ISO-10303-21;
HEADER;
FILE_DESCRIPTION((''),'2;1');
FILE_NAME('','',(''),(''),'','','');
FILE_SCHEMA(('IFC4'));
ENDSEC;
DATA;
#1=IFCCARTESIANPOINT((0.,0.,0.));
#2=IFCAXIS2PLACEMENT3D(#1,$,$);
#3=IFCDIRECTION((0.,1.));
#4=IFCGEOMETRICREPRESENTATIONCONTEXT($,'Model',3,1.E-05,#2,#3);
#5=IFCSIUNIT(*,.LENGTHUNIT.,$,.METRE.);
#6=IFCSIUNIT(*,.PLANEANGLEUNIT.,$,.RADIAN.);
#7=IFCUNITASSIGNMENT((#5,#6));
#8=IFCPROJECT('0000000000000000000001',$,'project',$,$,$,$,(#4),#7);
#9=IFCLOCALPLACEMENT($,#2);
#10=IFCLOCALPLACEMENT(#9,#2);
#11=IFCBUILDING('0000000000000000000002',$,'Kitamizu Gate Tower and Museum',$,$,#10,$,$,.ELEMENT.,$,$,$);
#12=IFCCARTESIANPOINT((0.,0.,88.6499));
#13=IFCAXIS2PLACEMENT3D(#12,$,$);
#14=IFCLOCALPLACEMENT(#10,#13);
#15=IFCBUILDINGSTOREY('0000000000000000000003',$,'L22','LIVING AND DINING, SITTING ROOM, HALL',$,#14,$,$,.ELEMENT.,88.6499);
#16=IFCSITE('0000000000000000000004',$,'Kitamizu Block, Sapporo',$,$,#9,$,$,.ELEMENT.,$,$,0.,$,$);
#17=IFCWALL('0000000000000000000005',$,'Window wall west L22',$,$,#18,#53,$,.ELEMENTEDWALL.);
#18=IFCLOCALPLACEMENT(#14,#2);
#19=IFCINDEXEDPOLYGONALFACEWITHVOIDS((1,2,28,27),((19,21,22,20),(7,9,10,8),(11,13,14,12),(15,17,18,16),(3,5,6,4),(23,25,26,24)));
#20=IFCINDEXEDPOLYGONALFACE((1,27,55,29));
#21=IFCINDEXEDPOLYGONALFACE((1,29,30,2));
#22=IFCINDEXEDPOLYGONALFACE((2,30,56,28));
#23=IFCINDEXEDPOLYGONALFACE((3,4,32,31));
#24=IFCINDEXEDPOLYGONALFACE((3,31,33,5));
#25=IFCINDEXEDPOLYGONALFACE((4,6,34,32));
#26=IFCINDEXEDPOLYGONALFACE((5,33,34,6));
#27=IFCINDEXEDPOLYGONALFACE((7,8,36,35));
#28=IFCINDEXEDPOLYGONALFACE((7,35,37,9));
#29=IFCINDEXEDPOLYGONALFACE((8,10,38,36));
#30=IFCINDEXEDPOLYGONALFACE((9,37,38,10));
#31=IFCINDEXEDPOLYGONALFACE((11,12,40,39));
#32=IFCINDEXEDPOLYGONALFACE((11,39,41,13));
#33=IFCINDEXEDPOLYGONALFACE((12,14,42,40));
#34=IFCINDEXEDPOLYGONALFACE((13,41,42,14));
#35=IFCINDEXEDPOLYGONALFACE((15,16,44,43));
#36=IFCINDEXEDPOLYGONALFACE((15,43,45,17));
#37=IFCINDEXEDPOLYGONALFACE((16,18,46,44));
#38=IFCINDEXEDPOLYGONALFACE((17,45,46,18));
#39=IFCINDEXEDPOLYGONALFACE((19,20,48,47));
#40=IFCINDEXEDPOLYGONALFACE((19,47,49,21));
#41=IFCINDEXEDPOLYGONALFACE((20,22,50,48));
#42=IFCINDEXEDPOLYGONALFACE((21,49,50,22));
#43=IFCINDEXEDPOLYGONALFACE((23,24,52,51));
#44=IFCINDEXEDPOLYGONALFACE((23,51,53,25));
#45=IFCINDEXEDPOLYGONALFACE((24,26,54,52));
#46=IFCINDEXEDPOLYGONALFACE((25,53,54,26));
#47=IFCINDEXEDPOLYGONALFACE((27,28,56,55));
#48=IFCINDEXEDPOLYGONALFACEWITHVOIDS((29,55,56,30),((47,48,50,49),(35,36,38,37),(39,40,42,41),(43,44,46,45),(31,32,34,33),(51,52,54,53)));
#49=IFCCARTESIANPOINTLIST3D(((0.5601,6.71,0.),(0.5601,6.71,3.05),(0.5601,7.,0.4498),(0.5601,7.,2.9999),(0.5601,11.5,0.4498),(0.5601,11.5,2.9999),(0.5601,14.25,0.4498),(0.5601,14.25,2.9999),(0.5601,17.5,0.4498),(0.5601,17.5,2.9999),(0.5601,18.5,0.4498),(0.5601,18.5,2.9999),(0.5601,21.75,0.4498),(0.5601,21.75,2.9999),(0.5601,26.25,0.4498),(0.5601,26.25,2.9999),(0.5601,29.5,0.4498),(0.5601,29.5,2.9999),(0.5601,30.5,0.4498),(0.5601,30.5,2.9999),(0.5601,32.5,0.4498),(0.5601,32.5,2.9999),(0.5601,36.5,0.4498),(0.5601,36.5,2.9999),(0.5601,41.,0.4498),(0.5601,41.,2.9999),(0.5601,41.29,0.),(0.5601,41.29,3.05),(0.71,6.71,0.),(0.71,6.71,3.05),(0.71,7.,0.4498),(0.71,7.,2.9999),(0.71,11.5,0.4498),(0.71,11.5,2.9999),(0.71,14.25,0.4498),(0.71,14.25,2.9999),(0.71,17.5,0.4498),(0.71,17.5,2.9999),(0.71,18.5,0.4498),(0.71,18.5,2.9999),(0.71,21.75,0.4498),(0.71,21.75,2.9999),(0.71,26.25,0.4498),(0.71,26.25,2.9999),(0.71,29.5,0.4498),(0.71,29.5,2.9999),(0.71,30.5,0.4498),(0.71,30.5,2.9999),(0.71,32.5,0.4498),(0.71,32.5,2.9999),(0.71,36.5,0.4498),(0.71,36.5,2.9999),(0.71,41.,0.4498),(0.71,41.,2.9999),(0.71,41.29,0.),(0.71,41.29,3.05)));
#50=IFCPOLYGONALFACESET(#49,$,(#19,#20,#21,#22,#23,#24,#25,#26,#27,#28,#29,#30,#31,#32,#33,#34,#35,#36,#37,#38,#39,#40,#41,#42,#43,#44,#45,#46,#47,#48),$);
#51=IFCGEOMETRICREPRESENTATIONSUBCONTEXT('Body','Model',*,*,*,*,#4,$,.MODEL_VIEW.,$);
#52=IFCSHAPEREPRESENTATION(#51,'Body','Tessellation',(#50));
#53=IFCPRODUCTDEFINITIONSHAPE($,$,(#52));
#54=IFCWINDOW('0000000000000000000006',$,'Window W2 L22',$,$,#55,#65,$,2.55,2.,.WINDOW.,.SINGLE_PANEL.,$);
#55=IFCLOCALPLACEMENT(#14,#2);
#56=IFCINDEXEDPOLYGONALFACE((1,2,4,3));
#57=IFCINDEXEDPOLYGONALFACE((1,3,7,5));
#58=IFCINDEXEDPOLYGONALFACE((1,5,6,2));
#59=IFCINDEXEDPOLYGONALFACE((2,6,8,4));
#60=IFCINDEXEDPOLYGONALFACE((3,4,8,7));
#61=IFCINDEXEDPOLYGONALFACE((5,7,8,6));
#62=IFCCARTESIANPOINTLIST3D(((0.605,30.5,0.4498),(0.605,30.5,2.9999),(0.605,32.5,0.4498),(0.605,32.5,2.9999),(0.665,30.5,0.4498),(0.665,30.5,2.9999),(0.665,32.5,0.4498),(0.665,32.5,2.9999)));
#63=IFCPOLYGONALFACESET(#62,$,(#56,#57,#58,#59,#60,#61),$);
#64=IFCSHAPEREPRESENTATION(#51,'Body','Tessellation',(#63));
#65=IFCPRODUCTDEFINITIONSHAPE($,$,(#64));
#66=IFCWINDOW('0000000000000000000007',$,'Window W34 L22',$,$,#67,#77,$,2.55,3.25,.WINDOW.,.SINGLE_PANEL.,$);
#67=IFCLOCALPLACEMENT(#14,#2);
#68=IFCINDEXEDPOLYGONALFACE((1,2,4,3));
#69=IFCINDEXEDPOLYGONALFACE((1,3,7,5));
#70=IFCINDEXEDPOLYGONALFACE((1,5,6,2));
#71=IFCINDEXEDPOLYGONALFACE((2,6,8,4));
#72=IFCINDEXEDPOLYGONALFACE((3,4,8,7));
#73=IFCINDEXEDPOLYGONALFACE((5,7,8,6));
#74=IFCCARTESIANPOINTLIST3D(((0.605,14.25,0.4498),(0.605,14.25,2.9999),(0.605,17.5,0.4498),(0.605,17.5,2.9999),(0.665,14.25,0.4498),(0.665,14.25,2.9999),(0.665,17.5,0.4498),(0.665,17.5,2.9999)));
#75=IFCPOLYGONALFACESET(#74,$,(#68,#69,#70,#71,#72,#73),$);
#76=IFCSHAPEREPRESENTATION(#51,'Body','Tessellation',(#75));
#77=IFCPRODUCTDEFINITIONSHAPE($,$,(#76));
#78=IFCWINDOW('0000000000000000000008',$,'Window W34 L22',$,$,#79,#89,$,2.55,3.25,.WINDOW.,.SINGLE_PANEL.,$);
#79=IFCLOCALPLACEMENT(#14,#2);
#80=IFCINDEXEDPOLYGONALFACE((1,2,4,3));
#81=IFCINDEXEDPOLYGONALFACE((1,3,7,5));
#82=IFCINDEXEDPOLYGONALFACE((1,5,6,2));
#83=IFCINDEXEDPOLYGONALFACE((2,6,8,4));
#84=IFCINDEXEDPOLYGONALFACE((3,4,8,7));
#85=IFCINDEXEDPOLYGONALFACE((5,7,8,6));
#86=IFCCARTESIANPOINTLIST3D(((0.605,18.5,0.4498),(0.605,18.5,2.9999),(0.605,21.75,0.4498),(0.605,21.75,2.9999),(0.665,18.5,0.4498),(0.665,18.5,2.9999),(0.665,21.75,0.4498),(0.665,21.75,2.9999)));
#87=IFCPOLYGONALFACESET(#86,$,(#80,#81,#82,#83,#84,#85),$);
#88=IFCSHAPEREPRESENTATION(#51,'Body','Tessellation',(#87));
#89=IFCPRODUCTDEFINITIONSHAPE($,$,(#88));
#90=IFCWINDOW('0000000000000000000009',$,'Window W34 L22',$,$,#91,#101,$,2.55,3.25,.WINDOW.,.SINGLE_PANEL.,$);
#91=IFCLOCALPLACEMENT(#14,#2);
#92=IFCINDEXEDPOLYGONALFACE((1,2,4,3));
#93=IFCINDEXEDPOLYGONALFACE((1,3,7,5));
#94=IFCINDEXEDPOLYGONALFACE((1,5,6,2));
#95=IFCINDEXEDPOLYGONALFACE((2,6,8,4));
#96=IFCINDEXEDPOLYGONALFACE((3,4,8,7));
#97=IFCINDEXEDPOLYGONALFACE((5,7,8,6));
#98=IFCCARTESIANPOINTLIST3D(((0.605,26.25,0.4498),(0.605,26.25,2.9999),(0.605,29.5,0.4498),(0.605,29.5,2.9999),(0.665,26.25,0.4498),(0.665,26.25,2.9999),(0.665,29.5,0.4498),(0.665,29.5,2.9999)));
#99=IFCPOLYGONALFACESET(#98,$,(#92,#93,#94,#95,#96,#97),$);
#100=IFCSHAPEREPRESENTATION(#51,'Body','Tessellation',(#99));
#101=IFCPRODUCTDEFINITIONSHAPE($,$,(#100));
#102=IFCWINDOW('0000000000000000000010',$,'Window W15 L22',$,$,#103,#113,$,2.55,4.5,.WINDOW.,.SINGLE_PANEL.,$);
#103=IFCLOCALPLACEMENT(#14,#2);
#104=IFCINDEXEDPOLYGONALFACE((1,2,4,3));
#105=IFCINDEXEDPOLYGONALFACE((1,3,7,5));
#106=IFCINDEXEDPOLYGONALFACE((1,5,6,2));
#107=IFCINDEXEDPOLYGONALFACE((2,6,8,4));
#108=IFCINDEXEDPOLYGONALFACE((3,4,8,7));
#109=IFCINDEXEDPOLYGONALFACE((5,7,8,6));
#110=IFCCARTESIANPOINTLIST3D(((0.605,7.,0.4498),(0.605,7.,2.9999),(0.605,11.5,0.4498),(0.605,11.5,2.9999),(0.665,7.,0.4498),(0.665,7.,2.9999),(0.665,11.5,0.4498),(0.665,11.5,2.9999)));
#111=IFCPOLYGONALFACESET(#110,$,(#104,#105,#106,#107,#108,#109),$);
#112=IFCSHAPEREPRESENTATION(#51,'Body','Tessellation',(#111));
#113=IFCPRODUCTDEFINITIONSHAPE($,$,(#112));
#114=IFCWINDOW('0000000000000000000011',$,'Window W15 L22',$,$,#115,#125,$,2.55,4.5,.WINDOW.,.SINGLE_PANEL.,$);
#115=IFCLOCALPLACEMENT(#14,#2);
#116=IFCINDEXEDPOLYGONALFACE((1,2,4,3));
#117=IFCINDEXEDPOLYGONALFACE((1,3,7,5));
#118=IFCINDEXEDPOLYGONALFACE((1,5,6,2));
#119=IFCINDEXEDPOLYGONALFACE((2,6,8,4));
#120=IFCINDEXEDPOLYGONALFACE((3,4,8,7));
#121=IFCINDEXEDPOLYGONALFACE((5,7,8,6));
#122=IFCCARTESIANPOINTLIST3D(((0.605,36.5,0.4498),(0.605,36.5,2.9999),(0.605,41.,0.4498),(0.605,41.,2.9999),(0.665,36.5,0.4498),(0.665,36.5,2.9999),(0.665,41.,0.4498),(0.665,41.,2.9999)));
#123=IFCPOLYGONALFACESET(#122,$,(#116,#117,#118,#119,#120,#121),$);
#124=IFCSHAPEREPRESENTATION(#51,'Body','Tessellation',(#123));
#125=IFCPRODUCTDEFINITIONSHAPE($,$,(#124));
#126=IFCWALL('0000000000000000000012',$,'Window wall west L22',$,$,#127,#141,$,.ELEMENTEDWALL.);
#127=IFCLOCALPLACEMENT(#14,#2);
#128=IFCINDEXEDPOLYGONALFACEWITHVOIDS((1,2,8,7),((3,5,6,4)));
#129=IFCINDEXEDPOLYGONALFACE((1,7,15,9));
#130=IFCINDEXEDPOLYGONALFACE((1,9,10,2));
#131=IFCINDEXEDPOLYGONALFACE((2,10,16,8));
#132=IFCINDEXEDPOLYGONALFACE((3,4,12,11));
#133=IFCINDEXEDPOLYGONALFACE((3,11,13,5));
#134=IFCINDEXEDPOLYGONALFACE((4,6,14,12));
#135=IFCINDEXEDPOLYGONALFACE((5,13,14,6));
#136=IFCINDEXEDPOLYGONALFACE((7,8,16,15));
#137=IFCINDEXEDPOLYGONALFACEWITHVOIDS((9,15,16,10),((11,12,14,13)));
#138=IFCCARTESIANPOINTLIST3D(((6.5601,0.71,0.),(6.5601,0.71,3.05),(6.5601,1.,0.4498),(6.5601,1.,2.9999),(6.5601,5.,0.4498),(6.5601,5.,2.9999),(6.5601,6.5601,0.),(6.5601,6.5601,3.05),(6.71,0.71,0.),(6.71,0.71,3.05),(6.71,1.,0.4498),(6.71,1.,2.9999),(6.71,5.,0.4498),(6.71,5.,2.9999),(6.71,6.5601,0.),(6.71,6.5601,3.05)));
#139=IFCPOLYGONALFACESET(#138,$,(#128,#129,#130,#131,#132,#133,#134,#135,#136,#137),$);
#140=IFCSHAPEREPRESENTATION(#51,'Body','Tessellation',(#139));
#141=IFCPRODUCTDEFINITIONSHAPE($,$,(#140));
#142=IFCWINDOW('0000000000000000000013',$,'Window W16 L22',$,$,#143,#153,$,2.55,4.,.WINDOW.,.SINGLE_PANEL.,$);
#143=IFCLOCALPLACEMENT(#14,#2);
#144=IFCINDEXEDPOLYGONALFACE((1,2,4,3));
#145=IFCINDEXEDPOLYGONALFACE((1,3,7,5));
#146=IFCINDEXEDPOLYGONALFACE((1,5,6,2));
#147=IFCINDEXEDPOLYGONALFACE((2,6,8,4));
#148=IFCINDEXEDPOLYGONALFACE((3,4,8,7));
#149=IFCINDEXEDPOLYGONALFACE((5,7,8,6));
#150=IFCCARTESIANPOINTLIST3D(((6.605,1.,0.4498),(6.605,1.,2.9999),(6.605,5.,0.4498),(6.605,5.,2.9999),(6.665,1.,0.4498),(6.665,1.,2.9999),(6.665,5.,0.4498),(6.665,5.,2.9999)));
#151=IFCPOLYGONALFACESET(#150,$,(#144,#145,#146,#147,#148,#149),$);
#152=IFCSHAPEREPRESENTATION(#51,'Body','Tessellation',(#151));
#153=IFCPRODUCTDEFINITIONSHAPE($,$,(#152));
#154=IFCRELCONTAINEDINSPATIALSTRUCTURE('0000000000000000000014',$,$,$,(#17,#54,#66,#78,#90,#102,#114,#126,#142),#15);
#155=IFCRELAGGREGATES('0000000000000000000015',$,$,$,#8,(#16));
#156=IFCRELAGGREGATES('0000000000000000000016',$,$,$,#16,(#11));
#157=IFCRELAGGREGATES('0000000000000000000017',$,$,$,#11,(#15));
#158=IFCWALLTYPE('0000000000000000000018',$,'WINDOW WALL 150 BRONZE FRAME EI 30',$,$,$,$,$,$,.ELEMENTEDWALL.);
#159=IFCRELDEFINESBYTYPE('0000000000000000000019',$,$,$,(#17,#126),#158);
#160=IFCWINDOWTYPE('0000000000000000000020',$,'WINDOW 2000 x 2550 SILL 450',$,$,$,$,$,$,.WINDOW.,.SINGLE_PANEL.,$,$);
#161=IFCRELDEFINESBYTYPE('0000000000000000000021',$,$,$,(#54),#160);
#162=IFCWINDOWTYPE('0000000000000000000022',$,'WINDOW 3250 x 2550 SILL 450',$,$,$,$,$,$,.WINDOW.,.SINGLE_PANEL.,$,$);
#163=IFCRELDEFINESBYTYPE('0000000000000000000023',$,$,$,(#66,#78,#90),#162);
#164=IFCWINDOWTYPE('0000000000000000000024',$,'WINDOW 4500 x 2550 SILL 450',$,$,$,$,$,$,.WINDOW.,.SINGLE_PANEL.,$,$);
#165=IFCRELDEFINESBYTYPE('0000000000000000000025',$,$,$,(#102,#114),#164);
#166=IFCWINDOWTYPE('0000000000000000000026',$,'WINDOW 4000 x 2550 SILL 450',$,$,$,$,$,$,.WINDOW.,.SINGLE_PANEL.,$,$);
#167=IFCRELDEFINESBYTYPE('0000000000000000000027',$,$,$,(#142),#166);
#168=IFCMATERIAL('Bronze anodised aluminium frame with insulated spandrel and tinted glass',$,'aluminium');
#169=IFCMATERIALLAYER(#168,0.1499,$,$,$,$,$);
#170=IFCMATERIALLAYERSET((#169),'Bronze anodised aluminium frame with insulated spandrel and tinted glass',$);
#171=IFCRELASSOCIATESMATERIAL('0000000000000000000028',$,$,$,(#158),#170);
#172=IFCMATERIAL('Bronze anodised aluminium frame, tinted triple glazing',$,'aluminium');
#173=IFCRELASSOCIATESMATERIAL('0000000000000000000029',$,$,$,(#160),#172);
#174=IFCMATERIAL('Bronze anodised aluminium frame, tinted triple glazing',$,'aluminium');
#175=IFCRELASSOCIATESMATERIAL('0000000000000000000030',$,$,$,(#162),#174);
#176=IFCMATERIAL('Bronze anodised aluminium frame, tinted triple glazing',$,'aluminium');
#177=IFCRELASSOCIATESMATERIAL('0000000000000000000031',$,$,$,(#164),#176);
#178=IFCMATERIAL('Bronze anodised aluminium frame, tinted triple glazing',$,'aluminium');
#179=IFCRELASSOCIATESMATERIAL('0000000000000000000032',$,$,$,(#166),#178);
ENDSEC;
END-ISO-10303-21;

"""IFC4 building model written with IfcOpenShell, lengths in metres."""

from ifc_helpers import new_model, si_unit, direction, frame, frame_2d, origin, place, context, subcontext, project, spatial, rectangle, extrude, material, layer, layer_set, type_object, element, fill, save


model = new_model("IFC4")

# Units and contexts
model_context = context("Model", 3, precision=1e-05, world=origin(), true_north=direction((0.0, 1.0)))
body_context = subcontext(model_context, "Body", "Model", "MODEL_VIEW")
ifc_project = project(units=[si_unit("LENGTHUNIT", "METRE"), si_unit("PLANEANGLEUNIT", "RADIAN")], contexts=[model_context])

# Site, building, storey
site_placement = place(None, origin())
site = spatial("IfcSite", under=ifc_project, at=site_placement, Name="Kitamizu Block, Sapporo", CompositionType="ELEMENT", RefElevation=0.0)
building_placement = place(site_placement, origin())
building = spatial("IfcBuilding", under=site, at=building_placement, Name="Kitamizu Gate Tower and Museum", CompositionType="ELEMENT")
storey_placement = place(building_placement, frame((0.0, 0.0, 88.6499)))
storey = spatial("IfcBuildingStorey", under=building, at=storey_placement, Name="L22", Description="LIVING AND DINING, SITTING ROOM, HALL", CompositionType="ELEMENT", Elevation=88.6499)

# Wall, openings, windows
ifc_material_1 = material(Name="Bronze anodised aluminium frame with insulated spandrel and tinted glass", Category="aluminium")
ifc_layer = layer(ifc_material_1, 0.1499)
ifc_layer_set = layer_set([ifc_layer], Name="Bronze anodised aluminium frame with insulated spandrel and tinted glass")
wall_type = type_object("IfcWallType", Name="WINDOW WALL 150 BRONZE FRAME EI 30", PredefinedType="ELEMENTEDWALL", material=ifc_layer_set)
ifc_material_2 = material(Name="Bronze anodised aluminium frame, tinted triple glazing", Category="aluminium")
window_type_1 = type_object("IfcWindowType", Name="WINDOW 2000 x 2550 SILL 450", PartitioningType="SINGLE_PANEL", PredefinedType="WINDOW", material=ifc_material_2)
ifc_material_3 = material(Name="Bronze anodised aluminium frame, tinted triple glazing", Category="aluminium")
window_type_2 = type_object("IfcWindowType", Name="WINDOW 3250 x 2550 SILL 450", PartitioningType="SINGLE_PANEL", PredefinedType="WINDOW", material=ifc_material_3)
ifc_material_4 = material(Name="Bronze anodised aluminium frame, tinted triple glazing", Category="aluminium")
window_type_3 = type_object("IfcWindowType", Name="WINDOW 4500 x 2550 SILL 450", PartitioningType="SINGLE_PANEL", PredefinedType="WINDOW", material=ifc_material_4)
wall_1_placement = place(storey_placement, frame((0.635, 6.71, 0.0), z_axis=(0.0, 0.0, 1.0), x_axis=(0.0, 1.0, 0.0)))
wall_1 = element("IfcWall", 1, at=wall_1_placement, inside=storey, type_object=wall_type, Name="Window wall west L22", PredefinedType="ELEMENTEDWALL", context=body_context, shape_type="SweptSolid", body=[
    extrude(rectangle(XDim=34.5801, YDim=0.1499, at=frame_2d((17.29, 0.0))), origin(), (0.0, 0.0, 1.0), 3.05),
])
opening_1_placement = place(wall_1_placement, frame((0.29, 0.0, 0.45)))
opening_1 = element("IfcOpeningElement", 2, at=opening_1_placement, cuts=wall_1, PredefinedType="OPENING", context=body_context, shape_type="SweptSolid", body=[
    extrude(rectangle(XDim=4.5, YDim=2.55, at=frame_2d((2.25, 1.2749))), frame((0.0, 0.085, 0.0), z_axis=(0.0, -1.0, 0.0), x_axis=(1.0, 0.0, 0.0)), (0.0, 0.0, 1.0), 0.1699),
])
opening_2_placement = place(wall_1_placement, frame((7.54, 0.0, 0.45)))
opening_2 = element("IfcOpeningElement", 3, at=opening_2_placement, cuts=wall_1, PredefinedType="OPENING", context=body_context, shape_type="SweptSolid", body=[
    extrude(rectangle(XDim=3.25, YDim=2.55, at=frame_2d((1.625, 1.2749))), frame((0.0, 0.085, 0.0), z_axis=(0.0, -1.0, 0.0), x_axis=(1.0, 0.0, 0.0)), (0.0, 0.0, 1.0), 0.1699),
])
opening_3_placement = place(wall_1_placement, frame((11.79, 0.0, 0.45)))
opening_3 = element("IfcOpeningElement", 4, at=opening_3_placement, cuts=wall_1, PredefinedType="OPENING", context=body_context, shape_type="SweptSolid", body=[
    extrude(rectangle(XDim=3.25, YDim=2.55, at=frame_2d((1.625, 1.2749))), frame((0.0, 0.085, 0.0), z_axis=(0.0, -1.0, 0.0), x_axis=(1.0, 0.0, 0.0)), (0.0, 0.0, 1.0), 0.1699),
])
opening_4_placement = place(wall_1_placement, frame((19.54, 0.0, 0.45)))
opening_4 = element("IfcOpeningElement", 5, at=opening_4_placement, cuts=wall_1, PredefinedType="OPENING", context=body_context, shape_type="SweptSolid", body=[
    extrude(rectangle(XDim=3.25, YDim=2.55, at=frame_2d((1.625, 1.2749))), frame((0.0, 0.085, 0.0), z_axis=(0.0, -1.0, 0.0), x_axis=(1.0, 0.0, 0.0)), (0.0, 0.0, 1.0), 0.1699),
])
opening_5_placement = place(wall_1_placement, frame((23.79, 0.0, 0.45)))
opening_5 = element("IfcOpeningElement", 6, at=opening_5_placement, cuts=wall_1, PredefinedType="OPENING", context=body_context, shape_type="SweptSolid", body=[
    extrude(rectangle(XDim=2.0, YDim=2.55, at=frame_2d((1.0, 1.2749))), frame((0.0, 0.085, 0.0), z_axis=(0.0, -1.0, 0.0), x_axis=(1.0, 0.0, 0.0)), (0.0, 0.0, 1.0), 0.1699),
])
opening_6_placement = place(wall_1_placement, frame((29.79, 0.0, 0.45)))
opening_6 = element("IfcOpeningElement", 7, at=opening_6_placement, cuts=wall_1, PredefinedType="OPENING", context=body_context, shape_type="SweptSolid", body=[
    extrude(rectangle(XDim=4.5, YDim=2.55, at=frame_2d((2.25, 1.2749))), frame((0.0, 0.085, 0.0), z_axis=(0.0, -1.0, 0.0), x_axis=(1.0, 0.0, 0.0)), (0.0, 0.0, 1.0), 0.1699),
])
window_1_placement = place(opening_5_placement, origin())
window_1 = element("IfcWindow", 8, at=window_1_placement, inside=storey, type_object=window_type_1, Name="Window W2 L22", OverallHeight=2.55, OverallWidth=2.0, PartitioningType="SINGLE_PANEL", PredefinedType="WINDOW", context=body_context, shape_type="SweptSolid", body=[
    extrude(rectangle(XDim=2.0, YDim=2.55, at=frame_2d((1.0, 1.2749))), frame((0.0, 0.03, 0.0), z_axis=(0.0, -1.0, 0.0), x_axis=(1.0, 0.0, 0.0)), (0.0, 0.0, 1.0), 0.0601),
])
fill(opening_5, window_1)
window_2_placement = place(opening_2_placement, origin())
window_2 = element("IfcWindow", 9, at=window_2_placement, inside=storey, type_object=window_type_2, Name="Window W34 L22", OverallHeight=2.55, OverallWidth=3.25, PartitioningType="SINGLE_PANEL", PredefinedType="WINDOW", context=body_context, shape_type="SweptSolid", body=[
    extrude(rectangle(XDim=3.25, YDim=2.55, at=frame_2d((1.625, 1.2749))), frame((0.0, 0.03, 0.0), z_axis=(0.0, -1.0, 0.0), x_axis=(1.0, 0.0, 0.0)), (0.0, 0.0, 1.0), 0.0601),
])
fill(opening_2, window_2)
window_3_placement = place(opening_3_placement, origin())
window_3 = element("IfcWindow", 10, at=window_3_placement, inside=storey, type_object=window_type_2, Name="Window W34 L22", OverallHeight=2.55, OverallWidth=3.25, PartitioningType="SINGLE_PANEL", PredefinedType="WINDOW", context=body_context, shape_type="SweptSolid", body=[
    extrude(rectangle(XDim=3.25, YDim=2.55, at=frame_2d((1.625, 1.2749))), frame((0.0, 0.03, 0.0), z_axis=(0.0, -1.0, 0.0), x_axis=(1.0, 0.0, 0.0)), (0.0, 0.0, 1.0), 0.0601),
])
fill(opening_3, window_3)
window_4_placement = place(opening_4_placement, origin())
window_4 = element("IfcWindow", 11, at=window_4_placement, inside=storey, type_object=window_type_2, Name="Window W34 L22", OverallHeight=2.55, OverallWidth=3.25, PartitioningType="SINGLE_PANEL", PredefinedType="WINDOW", context=body_context, shape_type="SweptSolid", body=[
    extrude(rectangle(XDim=3.25, YDim=2.55, at=frame_2d((1.625, 1.2749))), frame((0.0, 0.03, 0.0), z_axis=(0.0, -1.0, 0.0), x_axis=(1.0, 0.0, 0.0)), (0.0, 0.0, 1.0), 0.0601),
])
fill(opening_4, window_4)
window_5_placement = place(opening_1_placement, origin())
window_5 = element("IfcWindow", 12, at=window_5_placement, inside=storey, type_object=window_type_3, Name="Window W15 L22", OverallHeight=2.55, OverallWidth=4.5, PartitioningType="SINGLE_PANEL", PredefinedType="WINDOW", context=body_context, shape_type="SweptSolid", body=[
    extrude(rectangle(XDim=4.5, YDim=2.55, at=frame_2d((2.25, 1.2749))), frame((0.0, 0.03, 0.0), z_axis=(0.0, -1.0, 0.0), x_axis=(1.0, 0.0, 0.0)), (0.0, 0.0, 1.0), 0.0601),
])
fill(opening_1, window_5)
window_6_placement = place(opening_6_placement, origin())
window_6 = element("IfcWindow", 13, at=window_6_placement, inside=storey, type_object=window_type_3, Name="Window W15 L22", OverallHeight=2.55, OverallWidth=4.5, PartitioningType="SINGLE_PANEL", PredefinedType="WINDOW", context=body_context, shape_type="SweptSolid", body=[
    extrude(rectangle(XDim=4.5, YDim=2.55, at=frame_2d((2.25, 1.2749))), frame((0.0, 0.03, 0.0), z_axis=(0.0, -1.0, 0.0), x_axis=(1.0, 0.0, 0.0)), (0.0, 0.0, 1.0), 0.0601),
])
fill(opening_6, window_6)

# Wall, opening, window
wall_2_placement = place(storey_placement, frame((6.635, 0.71, 0.0), z_axis=(0.0, 0.0, 1.0), x_axis=(0.0, 1.0, 0.0)))
wall_2 = element("IfcWall", 14, at=wall_2_placement, inside=storey, type_object=wall_type, Name="Window wall west L22", PredefinedType="ELEMENTEDWALL", context=body_context, shape_type="SweptSolid", body=[
    extrude(rectangle(XDim=5.8501, YDim=0.1499, at=frame_2d((2.925, 0.0))), origin(), (0.0, 0.0, 1.0), 3.05),
])
opening_7_placement = place(wall_2_placement, frame((0.29, 0.0, 0.45)))
opening_7 = element("IfcOpeningElement", 15, at=opening_7_placement, cuts=wall_2, PredefinedType="OPENING", context=body_context, shape_type="SweptSolid", body=[
    extrude(rectangle(XDim=4.0, YDim=2.55, at=frame_2d((2.0, 1.2749))), frame((0.0, 0.085, 0.0), z_axis=(0.0, -1.0, 0.0), x_axis=(1.0, 0.0, 0.0)), (0.0, 0.0, 1.0), 0.1699),
])
ifc_material_5 = material(Name="Bronze anodised aluminium frame, tinted triple glazing", Category="aluminium")
window_type_4 = type_object("IfcWindowType", Name="WINDOW 4000 x 2550 SILL 450", PartitioningType="SINGLE_PANEL", PredefinedType="WINDOW", material=ifc_material_5)
window_7_placement = place(opening_7_placement, origin())
window_7 = element("IfcWindow", 16, at=window_7_placement, inside=storey, type_object=window_type_4, Name="Window W16 L22", OverallHeight=2.55, OverallWidth=4.0, PartitioningType="SINGLE_PANEL", PredefinedType="WINDOW", context=body_context, shape_type="SweptSolid", body=[
    extrude(rectangle(XDim=4.0, YDim=2.55, at=frame_2d((2.0, 1.2749))), frame((0.0, 0.03, 0.0), z_axis=(0.0, -1.0, 0.0), x_axis=(1.0, 0.0, 0.0)), (0.0, 0.0, 1.0), 0.0601),
])
fill(opening_7, window_7)

save(model, "model.ifc")
